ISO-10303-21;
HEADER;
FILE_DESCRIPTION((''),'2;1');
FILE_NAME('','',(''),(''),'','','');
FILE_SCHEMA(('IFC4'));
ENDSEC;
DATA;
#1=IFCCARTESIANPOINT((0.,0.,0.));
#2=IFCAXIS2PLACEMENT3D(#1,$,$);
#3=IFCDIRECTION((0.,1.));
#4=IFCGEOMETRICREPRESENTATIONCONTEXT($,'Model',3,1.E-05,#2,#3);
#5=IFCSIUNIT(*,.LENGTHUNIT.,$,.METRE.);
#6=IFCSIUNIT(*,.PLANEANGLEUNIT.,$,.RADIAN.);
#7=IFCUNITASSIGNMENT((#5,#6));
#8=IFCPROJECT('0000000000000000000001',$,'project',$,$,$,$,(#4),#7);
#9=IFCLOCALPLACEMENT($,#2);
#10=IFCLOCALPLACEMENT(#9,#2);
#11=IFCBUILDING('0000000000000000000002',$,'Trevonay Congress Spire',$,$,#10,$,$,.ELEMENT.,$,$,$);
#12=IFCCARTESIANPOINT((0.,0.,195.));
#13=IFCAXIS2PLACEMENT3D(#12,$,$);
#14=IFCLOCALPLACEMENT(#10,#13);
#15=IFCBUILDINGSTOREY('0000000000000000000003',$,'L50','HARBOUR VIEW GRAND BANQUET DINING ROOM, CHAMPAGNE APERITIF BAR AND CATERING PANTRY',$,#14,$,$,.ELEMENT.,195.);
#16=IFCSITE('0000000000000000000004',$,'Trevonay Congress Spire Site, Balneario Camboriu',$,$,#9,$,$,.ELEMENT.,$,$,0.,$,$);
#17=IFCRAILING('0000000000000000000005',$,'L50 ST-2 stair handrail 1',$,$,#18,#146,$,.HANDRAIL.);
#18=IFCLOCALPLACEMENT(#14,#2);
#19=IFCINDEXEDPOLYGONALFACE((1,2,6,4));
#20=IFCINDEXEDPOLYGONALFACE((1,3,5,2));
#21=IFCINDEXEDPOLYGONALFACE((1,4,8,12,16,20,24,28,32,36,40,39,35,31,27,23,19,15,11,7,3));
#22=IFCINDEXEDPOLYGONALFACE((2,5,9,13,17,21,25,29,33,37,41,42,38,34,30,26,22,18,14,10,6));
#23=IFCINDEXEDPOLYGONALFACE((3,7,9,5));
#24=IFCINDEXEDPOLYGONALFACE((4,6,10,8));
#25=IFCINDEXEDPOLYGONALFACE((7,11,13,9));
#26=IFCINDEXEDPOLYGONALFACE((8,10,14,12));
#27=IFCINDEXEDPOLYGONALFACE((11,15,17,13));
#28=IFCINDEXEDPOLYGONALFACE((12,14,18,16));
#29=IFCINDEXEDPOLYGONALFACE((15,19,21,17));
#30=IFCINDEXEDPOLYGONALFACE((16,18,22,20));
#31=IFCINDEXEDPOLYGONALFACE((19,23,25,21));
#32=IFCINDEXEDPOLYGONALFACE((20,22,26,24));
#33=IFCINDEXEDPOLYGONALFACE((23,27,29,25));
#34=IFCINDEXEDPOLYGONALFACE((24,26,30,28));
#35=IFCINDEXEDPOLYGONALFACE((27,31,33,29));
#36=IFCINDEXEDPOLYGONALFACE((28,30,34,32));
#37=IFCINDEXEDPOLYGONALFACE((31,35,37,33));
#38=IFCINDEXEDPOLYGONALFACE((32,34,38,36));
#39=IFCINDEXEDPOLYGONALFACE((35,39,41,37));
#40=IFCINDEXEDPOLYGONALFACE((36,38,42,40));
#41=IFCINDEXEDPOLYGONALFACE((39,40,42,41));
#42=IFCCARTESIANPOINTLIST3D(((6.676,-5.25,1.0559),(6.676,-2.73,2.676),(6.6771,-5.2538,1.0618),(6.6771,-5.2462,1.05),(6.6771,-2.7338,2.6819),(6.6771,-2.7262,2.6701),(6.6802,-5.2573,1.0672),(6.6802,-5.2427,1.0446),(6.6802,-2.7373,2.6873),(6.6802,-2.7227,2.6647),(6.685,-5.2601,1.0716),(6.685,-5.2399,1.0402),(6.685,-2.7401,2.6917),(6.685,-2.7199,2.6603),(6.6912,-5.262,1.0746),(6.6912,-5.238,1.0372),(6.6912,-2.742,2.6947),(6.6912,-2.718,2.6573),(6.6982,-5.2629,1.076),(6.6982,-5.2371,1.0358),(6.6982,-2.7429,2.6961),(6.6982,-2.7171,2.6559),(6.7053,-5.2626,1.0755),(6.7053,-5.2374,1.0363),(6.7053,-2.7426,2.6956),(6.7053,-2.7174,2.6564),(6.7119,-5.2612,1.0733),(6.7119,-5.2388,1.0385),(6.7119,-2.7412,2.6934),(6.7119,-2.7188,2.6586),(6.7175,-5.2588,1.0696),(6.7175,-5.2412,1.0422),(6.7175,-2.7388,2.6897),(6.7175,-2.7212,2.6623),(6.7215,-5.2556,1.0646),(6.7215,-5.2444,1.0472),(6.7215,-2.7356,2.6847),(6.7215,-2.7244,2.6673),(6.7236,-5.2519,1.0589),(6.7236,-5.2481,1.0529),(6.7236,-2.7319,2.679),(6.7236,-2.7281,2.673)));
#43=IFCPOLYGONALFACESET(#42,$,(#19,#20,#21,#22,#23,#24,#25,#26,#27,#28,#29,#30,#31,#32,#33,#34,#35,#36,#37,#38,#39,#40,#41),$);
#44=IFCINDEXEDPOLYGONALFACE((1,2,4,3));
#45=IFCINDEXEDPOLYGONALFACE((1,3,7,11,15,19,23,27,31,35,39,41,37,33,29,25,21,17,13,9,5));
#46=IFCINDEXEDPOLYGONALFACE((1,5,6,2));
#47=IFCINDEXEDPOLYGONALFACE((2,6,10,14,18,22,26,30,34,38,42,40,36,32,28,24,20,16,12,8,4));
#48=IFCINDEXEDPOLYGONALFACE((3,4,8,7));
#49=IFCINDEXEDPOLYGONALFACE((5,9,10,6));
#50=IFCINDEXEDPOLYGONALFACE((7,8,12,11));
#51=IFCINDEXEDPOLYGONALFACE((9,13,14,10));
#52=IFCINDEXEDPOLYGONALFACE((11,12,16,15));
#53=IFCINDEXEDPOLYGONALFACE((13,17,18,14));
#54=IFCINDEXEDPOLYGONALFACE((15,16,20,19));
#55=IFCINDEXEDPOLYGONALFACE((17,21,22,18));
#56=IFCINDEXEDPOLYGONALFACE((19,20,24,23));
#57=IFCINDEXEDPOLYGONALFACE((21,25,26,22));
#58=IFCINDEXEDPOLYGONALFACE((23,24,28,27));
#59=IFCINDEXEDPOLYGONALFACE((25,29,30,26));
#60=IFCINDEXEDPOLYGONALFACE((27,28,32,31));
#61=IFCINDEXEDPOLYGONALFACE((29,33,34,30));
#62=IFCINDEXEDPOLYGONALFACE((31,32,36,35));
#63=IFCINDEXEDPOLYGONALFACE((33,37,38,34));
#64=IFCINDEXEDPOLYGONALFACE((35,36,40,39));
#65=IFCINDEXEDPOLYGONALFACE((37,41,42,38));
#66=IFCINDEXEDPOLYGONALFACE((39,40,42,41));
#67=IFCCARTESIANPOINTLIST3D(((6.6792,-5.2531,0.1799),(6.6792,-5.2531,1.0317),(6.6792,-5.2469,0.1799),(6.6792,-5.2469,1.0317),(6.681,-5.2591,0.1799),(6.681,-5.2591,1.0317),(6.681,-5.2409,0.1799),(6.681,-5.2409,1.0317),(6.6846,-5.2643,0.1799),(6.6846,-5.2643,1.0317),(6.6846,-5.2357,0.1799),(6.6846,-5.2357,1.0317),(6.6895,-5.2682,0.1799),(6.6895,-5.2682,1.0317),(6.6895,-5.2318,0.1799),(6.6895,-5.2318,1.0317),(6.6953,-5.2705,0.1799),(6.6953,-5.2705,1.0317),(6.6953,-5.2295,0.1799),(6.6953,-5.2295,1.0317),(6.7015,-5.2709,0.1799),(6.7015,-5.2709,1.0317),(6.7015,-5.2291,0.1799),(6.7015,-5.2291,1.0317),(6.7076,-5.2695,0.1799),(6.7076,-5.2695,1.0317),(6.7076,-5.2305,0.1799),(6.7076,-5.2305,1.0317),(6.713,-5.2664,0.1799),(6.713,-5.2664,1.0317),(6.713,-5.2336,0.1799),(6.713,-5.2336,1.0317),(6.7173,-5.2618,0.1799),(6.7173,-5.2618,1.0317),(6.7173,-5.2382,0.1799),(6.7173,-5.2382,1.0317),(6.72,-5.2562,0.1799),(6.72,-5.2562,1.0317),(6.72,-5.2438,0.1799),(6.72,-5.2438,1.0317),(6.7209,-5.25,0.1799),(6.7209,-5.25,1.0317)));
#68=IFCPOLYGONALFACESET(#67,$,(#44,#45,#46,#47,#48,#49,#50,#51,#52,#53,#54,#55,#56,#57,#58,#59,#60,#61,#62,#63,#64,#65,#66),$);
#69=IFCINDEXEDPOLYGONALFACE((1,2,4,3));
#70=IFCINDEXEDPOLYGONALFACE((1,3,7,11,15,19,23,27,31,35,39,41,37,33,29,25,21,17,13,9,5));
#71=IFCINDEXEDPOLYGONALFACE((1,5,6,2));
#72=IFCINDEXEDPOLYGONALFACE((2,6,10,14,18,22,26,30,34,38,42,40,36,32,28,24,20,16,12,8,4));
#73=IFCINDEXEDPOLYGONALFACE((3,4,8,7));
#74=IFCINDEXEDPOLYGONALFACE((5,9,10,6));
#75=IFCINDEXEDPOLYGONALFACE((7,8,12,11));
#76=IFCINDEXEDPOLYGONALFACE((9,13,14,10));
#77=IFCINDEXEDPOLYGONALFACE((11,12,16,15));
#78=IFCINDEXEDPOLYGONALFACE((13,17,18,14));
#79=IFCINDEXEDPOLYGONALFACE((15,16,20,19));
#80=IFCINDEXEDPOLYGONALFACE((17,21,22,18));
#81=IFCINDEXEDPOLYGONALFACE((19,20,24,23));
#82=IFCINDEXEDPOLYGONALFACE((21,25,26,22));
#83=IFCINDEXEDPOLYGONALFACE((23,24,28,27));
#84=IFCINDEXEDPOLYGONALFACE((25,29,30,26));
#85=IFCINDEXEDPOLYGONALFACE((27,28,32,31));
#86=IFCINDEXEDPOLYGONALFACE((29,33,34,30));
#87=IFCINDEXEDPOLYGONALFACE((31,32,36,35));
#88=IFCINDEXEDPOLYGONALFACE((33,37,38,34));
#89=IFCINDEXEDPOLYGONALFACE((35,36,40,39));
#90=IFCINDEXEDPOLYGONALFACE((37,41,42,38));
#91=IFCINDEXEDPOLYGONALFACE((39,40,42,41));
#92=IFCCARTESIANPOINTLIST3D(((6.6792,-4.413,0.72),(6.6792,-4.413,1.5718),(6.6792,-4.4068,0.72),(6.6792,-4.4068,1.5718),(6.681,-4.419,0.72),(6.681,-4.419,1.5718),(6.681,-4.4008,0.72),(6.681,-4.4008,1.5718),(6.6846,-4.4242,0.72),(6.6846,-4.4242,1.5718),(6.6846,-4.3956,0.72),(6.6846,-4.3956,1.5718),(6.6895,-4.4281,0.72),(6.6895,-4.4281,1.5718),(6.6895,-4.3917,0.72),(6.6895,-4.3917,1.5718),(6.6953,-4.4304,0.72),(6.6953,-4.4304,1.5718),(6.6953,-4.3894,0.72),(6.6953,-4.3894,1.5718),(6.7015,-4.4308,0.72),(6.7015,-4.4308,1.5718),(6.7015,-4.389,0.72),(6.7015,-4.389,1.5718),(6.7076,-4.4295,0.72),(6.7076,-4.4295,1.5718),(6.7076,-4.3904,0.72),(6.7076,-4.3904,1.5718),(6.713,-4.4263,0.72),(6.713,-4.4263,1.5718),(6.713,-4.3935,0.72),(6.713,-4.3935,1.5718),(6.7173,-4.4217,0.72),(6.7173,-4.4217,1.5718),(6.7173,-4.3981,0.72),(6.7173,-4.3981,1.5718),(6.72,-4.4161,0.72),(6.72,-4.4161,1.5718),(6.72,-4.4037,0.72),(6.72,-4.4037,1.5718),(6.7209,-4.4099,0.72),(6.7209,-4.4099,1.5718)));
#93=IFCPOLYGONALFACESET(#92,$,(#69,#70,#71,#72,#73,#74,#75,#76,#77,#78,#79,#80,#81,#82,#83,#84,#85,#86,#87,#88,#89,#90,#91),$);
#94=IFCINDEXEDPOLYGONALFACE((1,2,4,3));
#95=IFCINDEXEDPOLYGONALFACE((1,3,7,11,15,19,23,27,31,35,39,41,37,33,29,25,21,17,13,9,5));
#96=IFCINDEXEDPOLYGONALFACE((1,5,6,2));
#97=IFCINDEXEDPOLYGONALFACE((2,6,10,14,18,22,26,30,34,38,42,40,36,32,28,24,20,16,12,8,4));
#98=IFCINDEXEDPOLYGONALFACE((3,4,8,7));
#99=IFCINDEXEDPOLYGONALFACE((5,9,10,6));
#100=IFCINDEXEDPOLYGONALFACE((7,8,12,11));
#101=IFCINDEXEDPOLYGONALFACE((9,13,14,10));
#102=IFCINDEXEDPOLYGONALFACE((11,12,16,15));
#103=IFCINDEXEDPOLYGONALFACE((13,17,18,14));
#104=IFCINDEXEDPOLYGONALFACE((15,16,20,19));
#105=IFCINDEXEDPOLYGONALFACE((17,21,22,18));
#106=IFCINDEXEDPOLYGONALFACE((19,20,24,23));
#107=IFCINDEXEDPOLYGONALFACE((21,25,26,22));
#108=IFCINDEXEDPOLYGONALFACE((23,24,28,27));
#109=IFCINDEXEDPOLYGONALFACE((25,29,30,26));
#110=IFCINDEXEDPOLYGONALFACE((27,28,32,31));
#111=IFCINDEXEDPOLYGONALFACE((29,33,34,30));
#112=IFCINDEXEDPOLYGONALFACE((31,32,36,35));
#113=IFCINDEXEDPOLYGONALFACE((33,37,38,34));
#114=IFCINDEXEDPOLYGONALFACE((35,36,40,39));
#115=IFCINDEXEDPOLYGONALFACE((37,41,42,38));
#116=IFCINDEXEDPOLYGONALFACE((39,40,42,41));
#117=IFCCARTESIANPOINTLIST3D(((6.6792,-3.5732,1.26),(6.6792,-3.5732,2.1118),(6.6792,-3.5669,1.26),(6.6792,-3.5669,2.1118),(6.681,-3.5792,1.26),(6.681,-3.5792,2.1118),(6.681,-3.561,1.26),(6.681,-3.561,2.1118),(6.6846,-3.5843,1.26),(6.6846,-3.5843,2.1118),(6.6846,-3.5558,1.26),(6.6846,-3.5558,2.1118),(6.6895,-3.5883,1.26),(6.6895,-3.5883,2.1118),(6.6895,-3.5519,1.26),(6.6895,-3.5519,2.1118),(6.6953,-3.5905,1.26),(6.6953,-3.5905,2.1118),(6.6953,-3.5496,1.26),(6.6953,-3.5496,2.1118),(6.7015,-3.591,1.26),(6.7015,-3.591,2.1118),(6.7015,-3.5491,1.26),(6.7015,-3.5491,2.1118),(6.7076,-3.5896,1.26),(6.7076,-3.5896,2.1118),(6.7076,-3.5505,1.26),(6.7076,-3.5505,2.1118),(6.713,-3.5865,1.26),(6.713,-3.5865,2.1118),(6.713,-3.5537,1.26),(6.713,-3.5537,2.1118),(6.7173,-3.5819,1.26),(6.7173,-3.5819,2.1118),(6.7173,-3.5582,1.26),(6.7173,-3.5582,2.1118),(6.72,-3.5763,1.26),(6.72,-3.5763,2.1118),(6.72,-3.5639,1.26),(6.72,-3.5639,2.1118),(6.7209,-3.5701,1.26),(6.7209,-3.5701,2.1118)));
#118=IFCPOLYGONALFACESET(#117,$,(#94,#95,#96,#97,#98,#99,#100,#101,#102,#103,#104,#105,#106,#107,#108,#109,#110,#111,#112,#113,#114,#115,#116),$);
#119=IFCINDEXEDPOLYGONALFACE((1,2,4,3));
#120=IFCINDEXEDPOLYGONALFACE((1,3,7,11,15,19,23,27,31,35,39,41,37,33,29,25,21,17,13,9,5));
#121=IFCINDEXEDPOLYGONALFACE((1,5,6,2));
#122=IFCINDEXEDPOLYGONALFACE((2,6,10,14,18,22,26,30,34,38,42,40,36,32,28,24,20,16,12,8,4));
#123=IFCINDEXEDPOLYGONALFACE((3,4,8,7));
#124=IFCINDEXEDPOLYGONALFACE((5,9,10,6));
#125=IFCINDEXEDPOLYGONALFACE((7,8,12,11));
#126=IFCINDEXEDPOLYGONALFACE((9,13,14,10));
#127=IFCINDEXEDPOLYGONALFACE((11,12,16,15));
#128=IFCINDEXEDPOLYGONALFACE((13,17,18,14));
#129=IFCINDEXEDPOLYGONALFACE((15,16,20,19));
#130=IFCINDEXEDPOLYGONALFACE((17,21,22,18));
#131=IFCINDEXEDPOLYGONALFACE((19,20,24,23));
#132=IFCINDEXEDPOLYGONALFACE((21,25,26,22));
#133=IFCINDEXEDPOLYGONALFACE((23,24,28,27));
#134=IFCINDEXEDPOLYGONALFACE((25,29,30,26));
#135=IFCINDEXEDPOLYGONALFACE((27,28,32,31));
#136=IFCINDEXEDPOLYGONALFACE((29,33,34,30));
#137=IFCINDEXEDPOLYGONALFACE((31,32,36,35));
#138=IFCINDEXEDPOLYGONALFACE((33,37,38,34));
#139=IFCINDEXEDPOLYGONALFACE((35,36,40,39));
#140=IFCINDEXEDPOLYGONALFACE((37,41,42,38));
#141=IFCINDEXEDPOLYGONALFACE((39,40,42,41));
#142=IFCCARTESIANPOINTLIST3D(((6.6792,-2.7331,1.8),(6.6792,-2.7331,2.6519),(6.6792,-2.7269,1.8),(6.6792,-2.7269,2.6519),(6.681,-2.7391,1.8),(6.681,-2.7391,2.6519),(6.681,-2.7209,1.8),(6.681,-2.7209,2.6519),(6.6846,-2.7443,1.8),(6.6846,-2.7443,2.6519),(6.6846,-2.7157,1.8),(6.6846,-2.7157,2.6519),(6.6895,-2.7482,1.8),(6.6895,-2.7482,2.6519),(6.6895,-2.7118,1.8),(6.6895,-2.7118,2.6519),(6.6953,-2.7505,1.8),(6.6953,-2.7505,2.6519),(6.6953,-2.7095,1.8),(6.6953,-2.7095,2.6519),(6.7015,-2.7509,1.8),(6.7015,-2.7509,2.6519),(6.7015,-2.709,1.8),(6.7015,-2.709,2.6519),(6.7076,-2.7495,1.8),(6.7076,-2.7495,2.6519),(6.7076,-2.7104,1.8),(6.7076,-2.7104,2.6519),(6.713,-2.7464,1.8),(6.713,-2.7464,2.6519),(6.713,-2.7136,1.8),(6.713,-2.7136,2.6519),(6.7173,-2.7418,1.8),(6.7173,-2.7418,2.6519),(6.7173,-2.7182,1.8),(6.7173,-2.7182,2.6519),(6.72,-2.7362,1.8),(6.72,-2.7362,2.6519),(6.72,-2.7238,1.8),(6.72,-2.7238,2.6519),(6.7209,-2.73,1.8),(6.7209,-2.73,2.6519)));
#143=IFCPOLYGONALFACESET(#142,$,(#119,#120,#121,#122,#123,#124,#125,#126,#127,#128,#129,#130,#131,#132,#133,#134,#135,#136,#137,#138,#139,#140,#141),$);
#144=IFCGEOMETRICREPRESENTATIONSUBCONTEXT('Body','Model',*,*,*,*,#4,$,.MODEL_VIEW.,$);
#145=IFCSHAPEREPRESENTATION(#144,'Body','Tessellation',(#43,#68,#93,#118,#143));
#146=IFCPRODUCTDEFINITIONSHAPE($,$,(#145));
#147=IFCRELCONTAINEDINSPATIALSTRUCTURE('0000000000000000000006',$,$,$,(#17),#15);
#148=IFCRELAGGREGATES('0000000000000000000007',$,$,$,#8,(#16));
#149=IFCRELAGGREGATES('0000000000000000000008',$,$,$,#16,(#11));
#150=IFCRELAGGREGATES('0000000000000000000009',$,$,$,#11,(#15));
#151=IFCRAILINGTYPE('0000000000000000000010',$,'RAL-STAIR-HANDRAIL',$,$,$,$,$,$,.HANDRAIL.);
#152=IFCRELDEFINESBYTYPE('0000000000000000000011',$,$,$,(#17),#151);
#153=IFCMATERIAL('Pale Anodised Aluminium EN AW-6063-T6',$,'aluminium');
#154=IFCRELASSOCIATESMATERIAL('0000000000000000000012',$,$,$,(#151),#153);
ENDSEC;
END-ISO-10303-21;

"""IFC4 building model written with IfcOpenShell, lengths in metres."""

from ifc_helpers import new_model, si_unit, direction, frame, origin, origin_2d, place, context, subcontext, project, spatial, circle, extrude, material, type_object, element, save


model = new_model("IFC4")

# Units and contexts
model_context = context("Model", 3, precision=1e-05, world=origin(), true_north=direction((0.0, 1.0)))
body_context = subcontext(model_context, "Body", "Model", "MODEL_VIEW")
ifc_project = project(units=[si_unit("LENGTHUNIT", "METRE"), si_unit("PLANEANGLEUNIT", "RADIAN")], contexts=[model_context])

# Site, building, storey
site_placement = place(None, origin())
site = spatial("IfcSite", under=ifc_project, at=site_placement, Name="Trevonay Congress Spire Site, Balneario Camboriu", CompositionType="ELEMENT", RefElevation=0.0)
building_placement = place(site_placement, origin())
building = spatial("IfcBuilding", under=site, at=building_placement, Name="Trevonay Congress Spire", CompositionType="ELEMENT")
storey_placement = place(building_placement, frame((0.0, 0.0, 195.0)))
storey = spatial("IfcBuildingStorey", under=building, at=storey_placement, Name="L50", Description="HARBOUR VIEW GRAND BANQUET DINING ROOM, CHAMPAGNE APERITIF BAR AND CATERING PANTRY", CompositionType="ELEMENT", Elevation=195.0)

# Shared definitions
ifc_material_1 = material(Name="Pale Anodised Aluminium EN AW-6063-T6", Category="aluminium")

# Railing
railing_type_1 = type_object("IfcRailingType", Name="RAL-STAIR-HANDRAIL", PredefinedType="HANDRAIL", material=ifc_material_1)
railing_1_placement = place(storey_placement, frame((6.7, -5.25, 0.1799)))
element("IfcRailing", 1, at=railing_1_placement, inside=storey, type_object=railing_type_1, Name="L50 ST-2 stair handrail 1", PredefinedType="HANDRAIL", context=body_context, shape_type="SweptSolid", body=[
    extrude(circle(Radius=0.0239, at=origin_2d()), frame((0.0, 0.0, 0.876), z_axis=(0.0, 0.841163, 0.540782), x_axis=(-1.0, 0.0, 0.0)), (0.0, 0.0, 1.0), 2.9958),
    extrude(circle(Radius=0.021, at=origin_2d()), origin(), (0.0, 0.0, 1.0), 0.8518),
    extrude(circle(Radius=0.021, at=origin_2d()), frame((0.0, 0.8401, 0.54)), (0.0, 0.0, 1.0), 0.8518),
    extrude(circle(Radius=0.021, at=origin_2d()), frame((0.0, 1.6799, 1.0801)), (0.0, 0.0, 1.0), 0.8518),
    extrude(circle(Radius=0.021, at=origin_2d()), frame((0.0, 2.52, 1.6201)), (0.0, 0.0, 1.0), 0.8518),
])

save(model, "model.ifc")
